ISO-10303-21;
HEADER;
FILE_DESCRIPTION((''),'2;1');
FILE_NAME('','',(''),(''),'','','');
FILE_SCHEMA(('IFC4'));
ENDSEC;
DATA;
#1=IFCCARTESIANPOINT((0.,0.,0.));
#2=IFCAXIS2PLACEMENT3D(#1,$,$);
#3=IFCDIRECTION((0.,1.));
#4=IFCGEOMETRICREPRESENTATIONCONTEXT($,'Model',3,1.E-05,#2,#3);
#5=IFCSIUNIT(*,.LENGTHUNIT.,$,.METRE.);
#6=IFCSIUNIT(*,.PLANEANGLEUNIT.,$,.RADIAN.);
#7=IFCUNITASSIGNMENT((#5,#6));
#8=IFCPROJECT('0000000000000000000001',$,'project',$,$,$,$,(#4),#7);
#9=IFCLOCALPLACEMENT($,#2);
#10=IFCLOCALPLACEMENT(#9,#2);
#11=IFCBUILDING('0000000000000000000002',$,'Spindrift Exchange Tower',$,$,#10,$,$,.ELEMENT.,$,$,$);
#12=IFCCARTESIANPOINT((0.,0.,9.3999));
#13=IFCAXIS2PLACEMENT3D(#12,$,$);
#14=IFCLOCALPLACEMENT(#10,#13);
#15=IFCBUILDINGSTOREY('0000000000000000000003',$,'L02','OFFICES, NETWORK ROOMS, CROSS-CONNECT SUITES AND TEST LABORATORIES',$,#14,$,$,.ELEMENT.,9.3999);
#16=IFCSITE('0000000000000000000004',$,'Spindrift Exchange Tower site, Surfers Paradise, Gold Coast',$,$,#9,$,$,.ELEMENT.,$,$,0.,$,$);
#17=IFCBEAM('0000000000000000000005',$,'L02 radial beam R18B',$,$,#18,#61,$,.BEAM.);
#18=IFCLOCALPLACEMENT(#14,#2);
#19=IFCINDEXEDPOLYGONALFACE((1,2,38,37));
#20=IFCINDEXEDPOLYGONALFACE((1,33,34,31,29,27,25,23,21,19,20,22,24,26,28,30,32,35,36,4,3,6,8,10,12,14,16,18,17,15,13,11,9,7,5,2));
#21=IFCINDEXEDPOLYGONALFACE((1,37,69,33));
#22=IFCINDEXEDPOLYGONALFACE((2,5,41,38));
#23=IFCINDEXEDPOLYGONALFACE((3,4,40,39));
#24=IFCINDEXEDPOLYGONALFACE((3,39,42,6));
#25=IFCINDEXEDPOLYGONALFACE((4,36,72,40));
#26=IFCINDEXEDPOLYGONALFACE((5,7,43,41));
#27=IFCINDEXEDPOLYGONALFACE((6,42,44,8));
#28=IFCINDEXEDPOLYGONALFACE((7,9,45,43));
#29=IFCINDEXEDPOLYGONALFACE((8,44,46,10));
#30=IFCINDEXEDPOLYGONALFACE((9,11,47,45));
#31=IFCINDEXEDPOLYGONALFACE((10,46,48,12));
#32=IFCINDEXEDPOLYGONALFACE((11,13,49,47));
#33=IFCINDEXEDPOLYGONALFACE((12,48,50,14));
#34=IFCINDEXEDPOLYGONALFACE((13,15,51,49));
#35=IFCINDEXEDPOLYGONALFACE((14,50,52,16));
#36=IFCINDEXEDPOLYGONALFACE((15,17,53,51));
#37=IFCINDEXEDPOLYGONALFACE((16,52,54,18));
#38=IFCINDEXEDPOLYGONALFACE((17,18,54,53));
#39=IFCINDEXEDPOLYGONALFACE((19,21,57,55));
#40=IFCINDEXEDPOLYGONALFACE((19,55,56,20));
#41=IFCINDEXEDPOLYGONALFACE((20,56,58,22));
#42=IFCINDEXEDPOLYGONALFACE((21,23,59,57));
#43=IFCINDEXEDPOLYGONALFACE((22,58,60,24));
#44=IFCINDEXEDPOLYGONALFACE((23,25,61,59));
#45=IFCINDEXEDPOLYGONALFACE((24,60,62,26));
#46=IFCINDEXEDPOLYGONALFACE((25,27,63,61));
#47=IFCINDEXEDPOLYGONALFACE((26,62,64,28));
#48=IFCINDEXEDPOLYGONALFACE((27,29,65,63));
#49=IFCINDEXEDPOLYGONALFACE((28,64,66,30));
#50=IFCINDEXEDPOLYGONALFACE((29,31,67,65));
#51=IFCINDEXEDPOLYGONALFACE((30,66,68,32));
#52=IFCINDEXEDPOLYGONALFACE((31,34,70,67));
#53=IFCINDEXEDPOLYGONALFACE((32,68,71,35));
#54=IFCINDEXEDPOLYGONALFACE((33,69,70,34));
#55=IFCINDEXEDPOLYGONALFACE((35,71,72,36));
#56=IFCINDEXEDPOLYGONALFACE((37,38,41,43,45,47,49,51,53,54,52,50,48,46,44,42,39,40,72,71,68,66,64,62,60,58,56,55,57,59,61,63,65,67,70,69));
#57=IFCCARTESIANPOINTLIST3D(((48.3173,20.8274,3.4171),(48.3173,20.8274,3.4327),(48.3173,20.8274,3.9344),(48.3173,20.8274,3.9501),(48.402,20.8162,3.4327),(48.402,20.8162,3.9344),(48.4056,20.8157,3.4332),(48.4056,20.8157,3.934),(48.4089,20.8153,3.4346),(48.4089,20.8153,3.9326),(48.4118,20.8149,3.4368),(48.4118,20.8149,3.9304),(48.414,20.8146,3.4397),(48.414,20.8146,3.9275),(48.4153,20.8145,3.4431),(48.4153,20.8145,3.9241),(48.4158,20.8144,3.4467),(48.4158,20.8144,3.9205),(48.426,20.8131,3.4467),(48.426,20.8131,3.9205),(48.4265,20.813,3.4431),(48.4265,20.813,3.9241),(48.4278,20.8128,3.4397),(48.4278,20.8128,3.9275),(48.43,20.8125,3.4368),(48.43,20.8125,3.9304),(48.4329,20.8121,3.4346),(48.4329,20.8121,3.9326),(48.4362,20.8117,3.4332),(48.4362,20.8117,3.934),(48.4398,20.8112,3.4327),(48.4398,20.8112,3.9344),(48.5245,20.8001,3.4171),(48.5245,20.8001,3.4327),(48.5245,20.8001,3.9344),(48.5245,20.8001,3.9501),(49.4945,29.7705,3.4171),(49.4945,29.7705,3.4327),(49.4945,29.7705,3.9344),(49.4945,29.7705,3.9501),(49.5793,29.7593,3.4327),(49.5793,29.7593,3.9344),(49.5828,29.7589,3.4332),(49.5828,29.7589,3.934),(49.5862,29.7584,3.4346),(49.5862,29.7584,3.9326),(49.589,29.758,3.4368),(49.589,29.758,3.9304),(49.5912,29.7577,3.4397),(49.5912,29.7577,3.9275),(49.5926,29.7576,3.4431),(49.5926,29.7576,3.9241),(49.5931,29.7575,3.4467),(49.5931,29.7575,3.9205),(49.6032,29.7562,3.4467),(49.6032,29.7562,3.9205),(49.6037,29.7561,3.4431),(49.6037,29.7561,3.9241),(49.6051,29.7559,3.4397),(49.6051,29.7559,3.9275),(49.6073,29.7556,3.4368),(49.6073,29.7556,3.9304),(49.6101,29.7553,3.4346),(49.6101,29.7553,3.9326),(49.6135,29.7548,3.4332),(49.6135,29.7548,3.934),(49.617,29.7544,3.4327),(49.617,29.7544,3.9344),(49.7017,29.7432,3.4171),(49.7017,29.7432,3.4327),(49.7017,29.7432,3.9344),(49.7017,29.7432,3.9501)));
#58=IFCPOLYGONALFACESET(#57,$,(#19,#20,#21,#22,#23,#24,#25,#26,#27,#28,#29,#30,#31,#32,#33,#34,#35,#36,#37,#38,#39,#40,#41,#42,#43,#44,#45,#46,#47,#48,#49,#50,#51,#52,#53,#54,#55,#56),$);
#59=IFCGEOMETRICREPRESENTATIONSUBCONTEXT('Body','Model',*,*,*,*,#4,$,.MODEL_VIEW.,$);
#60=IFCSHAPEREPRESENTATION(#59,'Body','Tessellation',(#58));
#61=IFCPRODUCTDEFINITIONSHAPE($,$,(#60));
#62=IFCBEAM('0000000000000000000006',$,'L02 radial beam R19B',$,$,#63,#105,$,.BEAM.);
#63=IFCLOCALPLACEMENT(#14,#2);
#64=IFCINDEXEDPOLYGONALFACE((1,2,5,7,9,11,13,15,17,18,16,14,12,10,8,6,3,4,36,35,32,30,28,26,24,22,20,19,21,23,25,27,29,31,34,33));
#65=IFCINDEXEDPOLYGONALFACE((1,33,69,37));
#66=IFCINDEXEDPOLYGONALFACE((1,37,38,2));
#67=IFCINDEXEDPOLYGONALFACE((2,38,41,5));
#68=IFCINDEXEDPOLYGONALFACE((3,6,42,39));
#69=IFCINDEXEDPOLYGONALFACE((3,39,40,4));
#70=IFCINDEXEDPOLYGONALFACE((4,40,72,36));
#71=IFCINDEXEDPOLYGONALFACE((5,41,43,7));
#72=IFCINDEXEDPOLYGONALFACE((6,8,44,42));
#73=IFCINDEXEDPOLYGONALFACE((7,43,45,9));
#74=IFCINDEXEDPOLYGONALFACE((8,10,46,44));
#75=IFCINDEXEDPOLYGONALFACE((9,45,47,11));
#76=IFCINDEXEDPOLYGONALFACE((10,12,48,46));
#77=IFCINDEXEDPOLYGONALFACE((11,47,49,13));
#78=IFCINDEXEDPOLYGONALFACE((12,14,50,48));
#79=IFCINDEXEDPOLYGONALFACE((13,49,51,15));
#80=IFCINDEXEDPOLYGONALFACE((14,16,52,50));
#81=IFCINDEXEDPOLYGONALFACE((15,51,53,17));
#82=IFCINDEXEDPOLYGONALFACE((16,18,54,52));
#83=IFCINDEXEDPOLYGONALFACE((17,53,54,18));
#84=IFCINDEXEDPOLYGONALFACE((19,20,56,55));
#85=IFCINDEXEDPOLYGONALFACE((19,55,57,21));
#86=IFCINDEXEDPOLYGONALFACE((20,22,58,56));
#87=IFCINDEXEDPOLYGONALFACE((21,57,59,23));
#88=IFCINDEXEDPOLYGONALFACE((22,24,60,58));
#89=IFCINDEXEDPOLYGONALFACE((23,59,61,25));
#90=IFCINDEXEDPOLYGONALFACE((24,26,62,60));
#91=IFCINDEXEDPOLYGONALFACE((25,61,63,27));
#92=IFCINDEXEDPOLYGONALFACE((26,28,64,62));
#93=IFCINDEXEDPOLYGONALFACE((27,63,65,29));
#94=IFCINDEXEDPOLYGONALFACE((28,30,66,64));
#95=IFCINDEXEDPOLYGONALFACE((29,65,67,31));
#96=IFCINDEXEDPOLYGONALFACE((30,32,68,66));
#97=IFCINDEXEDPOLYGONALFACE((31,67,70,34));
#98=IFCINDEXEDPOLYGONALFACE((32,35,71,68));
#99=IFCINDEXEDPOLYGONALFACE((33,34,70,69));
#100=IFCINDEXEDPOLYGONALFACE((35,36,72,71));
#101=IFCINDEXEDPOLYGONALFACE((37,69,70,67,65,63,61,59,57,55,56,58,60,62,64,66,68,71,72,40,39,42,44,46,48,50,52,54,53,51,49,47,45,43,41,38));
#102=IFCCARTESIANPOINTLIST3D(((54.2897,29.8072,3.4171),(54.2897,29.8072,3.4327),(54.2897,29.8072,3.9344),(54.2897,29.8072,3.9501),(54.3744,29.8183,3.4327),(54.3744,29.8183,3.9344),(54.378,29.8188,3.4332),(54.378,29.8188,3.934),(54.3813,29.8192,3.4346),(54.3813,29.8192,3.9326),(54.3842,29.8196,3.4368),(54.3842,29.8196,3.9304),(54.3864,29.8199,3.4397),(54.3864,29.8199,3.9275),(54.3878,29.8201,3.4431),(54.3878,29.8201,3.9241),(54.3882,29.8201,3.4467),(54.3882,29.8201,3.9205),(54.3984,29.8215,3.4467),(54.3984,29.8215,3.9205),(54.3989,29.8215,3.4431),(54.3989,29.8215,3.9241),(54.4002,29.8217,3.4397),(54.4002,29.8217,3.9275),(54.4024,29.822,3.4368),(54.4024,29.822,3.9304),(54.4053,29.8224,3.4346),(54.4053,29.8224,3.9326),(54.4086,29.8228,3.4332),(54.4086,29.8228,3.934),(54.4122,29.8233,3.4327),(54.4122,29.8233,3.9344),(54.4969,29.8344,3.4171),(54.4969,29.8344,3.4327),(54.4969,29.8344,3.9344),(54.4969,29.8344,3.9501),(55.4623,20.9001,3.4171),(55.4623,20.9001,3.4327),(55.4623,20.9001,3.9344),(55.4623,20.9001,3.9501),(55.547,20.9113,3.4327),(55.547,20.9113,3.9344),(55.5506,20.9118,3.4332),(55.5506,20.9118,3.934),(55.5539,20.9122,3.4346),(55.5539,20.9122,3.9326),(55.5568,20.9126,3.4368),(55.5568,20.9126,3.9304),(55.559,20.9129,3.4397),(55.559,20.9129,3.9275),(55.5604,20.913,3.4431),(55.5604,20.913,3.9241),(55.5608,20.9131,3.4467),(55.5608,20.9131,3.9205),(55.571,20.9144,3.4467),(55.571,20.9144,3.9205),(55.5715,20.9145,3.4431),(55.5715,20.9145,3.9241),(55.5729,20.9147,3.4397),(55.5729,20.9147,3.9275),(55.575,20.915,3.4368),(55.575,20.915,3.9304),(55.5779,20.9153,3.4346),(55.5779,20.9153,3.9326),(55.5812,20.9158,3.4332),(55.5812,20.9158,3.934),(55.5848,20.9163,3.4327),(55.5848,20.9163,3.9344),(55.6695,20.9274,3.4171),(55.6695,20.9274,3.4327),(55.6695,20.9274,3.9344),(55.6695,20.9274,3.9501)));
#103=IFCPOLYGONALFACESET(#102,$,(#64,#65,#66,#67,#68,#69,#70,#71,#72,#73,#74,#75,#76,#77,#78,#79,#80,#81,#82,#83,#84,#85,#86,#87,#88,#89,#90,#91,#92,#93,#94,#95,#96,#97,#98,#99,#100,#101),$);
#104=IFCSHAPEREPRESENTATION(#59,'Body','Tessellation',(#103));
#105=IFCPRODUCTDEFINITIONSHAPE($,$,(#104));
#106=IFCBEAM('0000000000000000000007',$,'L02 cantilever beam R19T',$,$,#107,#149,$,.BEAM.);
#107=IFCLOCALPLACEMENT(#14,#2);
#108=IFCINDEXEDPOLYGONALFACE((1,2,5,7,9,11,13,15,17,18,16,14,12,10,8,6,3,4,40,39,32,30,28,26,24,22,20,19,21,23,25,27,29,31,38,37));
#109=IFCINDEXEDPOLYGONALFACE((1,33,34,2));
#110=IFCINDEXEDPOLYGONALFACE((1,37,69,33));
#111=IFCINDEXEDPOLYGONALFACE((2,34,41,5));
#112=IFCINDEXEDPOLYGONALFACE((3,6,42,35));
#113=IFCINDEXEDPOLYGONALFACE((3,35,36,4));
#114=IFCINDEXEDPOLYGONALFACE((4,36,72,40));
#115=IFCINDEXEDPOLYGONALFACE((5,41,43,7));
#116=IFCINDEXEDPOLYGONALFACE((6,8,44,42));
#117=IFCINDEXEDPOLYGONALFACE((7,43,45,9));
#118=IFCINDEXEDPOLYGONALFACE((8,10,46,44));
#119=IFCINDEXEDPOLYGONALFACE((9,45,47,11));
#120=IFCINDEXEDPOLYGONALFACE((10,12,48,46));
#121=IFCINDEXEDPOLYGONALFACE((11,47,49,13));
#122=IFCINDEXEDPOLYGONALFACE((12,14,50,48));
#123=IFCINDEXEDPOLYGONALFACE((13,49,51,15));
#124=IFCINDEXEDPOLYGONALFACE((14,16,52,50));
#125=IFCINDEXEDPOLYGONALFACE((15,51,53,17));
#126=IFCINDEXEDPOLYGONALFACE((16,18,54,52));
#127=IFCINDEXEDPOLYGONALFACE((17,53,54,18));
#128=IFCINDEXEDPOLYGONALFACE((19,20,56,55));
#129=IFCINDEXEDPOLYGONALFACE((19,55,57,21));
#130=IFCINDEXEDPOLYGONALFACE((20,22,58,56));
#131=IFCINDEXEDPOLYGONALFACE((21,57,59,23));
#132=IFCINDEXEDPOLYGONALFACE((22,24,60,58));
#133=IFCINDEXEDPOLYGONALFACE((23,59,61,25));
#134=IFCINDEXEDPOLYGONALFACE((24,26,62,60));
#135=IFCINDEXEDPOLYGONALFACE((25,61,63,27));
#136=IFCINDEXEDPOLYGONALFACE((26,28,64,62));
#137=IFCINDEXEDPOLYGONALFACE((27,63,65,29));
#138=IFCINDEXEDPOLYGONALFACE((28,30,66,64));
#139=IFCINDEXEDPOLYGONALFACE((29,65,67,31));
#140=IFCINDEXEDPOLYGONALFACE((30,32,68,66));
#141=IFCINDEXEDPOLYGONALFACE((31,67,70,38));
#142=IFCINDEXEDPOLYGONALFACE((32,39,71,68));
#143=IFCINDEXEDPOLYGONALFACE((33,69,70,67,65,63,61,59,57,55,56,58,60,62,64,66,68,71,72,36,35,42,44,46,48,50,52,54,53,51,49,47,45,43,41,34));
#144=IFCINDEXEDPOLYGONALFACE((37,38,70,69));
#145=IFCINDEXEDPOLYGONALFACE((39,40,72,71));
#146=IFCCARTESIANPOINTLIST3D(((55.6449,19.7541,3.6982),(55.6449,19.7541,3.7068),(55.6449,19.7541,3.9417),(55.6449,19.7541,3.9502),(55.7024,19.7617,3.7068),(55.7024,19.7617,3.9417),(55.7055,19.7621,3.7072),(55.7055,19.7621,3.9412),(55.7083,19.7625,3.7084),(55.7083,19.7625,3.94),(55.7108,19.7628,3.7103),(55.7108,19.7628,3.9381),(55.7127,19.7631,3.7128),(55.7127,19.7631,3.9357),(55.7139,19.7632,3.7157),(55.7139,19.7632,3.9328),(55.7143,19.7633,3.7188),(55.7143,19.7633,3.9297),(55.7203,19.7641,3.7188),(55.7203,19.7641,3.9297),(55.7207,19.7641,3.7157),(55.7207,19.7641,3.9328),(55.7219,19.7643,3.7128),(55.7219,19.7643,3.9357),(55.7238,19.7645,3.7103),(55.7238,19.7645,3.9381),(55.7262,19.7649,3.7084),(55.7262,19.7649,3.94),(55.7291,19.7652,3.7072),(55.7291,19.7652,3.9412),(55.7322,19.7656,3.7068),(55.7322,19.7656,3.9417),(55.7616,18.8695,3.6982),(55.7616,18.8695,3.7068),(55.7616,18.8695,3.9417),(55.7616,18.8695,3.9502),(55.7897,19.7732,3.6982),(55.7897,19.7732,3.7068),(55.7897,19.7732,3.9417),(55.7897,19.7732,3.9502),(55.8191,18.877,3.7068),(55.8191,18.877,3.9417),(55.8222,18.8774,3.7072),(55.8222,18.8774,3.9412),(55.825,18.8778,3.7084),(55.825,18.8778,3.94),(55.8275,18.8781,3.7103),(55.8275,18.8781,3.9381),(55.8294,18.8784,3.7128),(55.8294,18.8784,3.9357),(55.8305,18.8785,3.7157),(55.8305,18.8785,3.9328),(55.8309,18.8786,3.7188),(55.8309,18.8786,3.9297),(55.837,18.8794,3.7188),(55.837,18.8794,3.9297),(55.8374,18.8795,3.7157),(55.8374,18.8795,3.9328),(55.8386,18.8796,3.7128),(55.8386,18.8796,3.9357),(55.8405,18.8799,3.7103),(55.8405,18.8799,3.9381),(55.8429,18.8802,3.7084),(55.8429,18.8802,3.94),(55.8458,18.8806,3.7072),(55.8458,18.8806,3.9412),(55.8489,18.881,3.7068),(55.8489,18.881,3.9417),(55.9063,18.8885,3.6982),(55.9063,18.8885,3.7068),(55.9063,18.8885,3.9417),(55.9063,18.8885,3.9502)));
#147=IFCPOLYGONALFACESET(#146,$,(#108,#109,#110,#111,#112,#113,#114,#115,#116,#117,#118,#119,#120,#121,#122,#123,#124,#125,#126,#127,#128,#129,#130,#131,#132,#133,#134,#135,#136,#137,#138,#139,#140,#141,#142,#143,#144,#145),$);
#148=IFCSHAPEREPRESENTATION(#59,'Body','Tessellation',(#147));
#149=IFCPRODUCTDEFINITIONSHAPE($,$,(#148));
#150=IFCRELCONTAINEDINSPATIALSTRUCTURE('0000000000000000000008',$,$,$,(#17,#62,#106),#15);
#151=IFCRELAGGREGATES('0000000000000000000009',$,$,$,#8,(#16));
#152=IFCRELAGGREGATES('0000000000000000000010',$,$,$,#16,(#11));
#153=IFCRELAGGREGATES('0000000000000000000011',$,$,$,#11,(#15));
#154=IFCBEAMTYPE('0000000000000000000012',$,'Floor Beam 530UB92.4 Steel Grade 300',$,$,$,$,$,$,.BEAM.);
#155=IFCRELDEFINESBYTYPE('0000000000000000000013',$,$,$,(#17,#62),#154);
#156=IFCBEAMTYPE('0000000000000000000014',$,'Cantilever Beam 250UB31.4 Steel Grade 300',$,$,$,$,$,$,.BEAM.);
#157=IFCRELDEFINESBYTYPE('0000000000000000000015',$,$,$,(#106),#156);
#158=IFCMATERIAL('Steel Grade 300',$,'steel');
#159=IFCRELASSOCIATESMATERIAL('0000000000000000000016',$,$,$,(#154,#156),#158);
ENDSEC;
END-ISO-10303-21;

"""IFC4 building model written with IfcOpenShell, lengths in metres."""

from ifc_helpers import new_model, si_unit, direction, frame, origin, origin_2d, place, context, subcontext, project, spatial, i_section, extrude, source, transform, mapped, material, material_profile, profile_set, type_object, element, save


model = new_model("IFC4")

# Units and contexts
model_context = context("Model", 3, precision=1e-05, world=origin(), true_north=direction((0.0, 1.0)))
body_context = subcontext(model_context, "Body", "Model", "MODEL_VIEW")
ifc_project = project(units=[si_unit("LENGTHUNIT", "METRE"), si_unit("PLANEANGLEUNIT", "RADIAN")], contexts=[model_context])

# Site, building, storey
site_placement = place(None, origin())
site = spatial("IfcSite", under=ifc_project, at=site_placement, Name="Spindrift Exchange Tower site, Surfers Paradise, Gold Coast", CompositionType="ELEMENT", RefElevation=0.0)
building_placement = place(site_placement, origin())
building = spatial("IfcBuilding", under=site, at=building_placement, Name="Spindrift Exchange Tower", CompositionType="ELEMENT")
storey_placement = place(building_placement, frame((0.0, 0.0, 9.3999)))
storey = spatial("IfcBuildingStorey", under=building, at=storey_placement, Name="L02", Description="OFFICES, NETWORK ROOMS, CROSS-CONNECT SUITES AND TEST LABORATORIES", CompositionType="ELEMENT", Elevation=9.3999)

# Beams
ifc_material_1 = material(Name="Steel Grade 300", Category="steel")
ifc_material_profile_1 = material_profile(ifc_material_1, i_section(OverallWidth=0.209, OverallDepth=0.533, WebThickness=0.0103, FlangeThickness=0.0156, FilletRadius=0.0139, at=origin_2d()), Name="530UB92.4")
ifc_profile_set_1 = profile_set([ifc_material_profile_1], Name="Steel Grade 300")
beam_type_1 = type_object("IfcBeamType", Name="Floor Beam 530UB92.4 Steel Grade 300", PredefinedType="BEAM", material=ifc_profile_set_1)
shared_shape_1 = source(origin(), body_context, "Body", "SweptSolid", [
    extrude(i_section(OverallWidth=0.209, OverallDepth=0.533, WebThickness=0.0103, FlangeThickness=0.0156, FilletRadius=0.0139, at=origin_2d()), origin(), (0.0, 0.0, 1.0), 9.0203),
])
beam_1_placement = place(storey_placement, frame((49.5981, 29.7568, 3.6836), z_axis=(-0.130511, -0.991447, 0.0), x_axis=(0.991447, -0.130511, 0.0)))
element("IfcBeam", 1, at=beam_1_placement, inside=storey, type_object=beam_type_1, Name="L02 radial beam R18B", PredefinedType="BEAM", context=body_context, shape_type="MappedRepresentation", body=[
    mapped(shared_shape_1, transform((0.0, 0.0, 0.0), scale=1.0)),
])
shared_shape_2 = source(origin(), body_context, "Body", "SweptSolid", [
    extrude(i_section(OverallWidth=0.209, OverallDepth=0.533, WebThickness=0.0103, FlangeThickness=0.0156, FilletRadius=0.0139, at=origin_2d()), origin(), (0.0, 0.0, 1.0), 8.9839),
])
beam_2_placement = place(storey_placement, frame((54.3933, 29.8208, 3.6836), z_axis=(0.130524, -0.991445, 0.0), x_axis=(0.991445, 0.130524, 0.0)))
element("IfcBeam", 2, at=beam_2_placement, inside=storey, type_object=beam_type_1, Name="L02 radial beam R19B", PredefinedType="BEAM", context=body_context, shape_type="MappedRepresentation", body=[
    mapped(shared_shape_2, transform((0.0, 0.0, 0.0), scale=1.0)),
])
ifc_material_profile_2 = material_profile(ifc_material_1, i_section(OverallWidth=0.146, OverallDepth=0.252, WebThickness=0.0061, FlangeThickness=0.0085, FilletRadius=0.012, at=origin_2d()), Name="250UB31.4")
ifc_profile_set_2 = profile_set([ifc_material_profile_2], Name="Steel Grade 300")
beam_type_2 = type_object("IfcBeamType", Name="Cantilever Beam 250UB31.4 Steel Grade 300", PredefinedType="BEAM", material=ifc_profile_set_2)
shared_shape_3 = source(origin(), body_context, "Body", "SweptSolid", [
    extrude(i_section(OverallWidth=0.146, OverallDepth=0.252, WebThickness=0.0061, FlangeThickness=0.0085, FilletRadius=0.012, at=origin_2d()), origin(), (0.0, 0.0, 1.0), 0.8923),
])
beam_3_placement = place(storey_placement, frame((55.7173, 19.7637, 3.8242), z_axis=(0.130766, -0.991413, 0.0), x_axis=(0.991413, 0.130766, 0.0)))
element("IfcBeam", 3, at=beam_3_placement, inside=storey, type_object=beam_type_2, Name="L02 cantilever beam R19T", PredefinedType="BEAM", context=body_context, shape_type="MappedRepresentation", body=[
    mapped(shared_shape_3, transform((0.0, 0.0, 0.0), scale=1.0)),
])

save(model, "model.ifc")
